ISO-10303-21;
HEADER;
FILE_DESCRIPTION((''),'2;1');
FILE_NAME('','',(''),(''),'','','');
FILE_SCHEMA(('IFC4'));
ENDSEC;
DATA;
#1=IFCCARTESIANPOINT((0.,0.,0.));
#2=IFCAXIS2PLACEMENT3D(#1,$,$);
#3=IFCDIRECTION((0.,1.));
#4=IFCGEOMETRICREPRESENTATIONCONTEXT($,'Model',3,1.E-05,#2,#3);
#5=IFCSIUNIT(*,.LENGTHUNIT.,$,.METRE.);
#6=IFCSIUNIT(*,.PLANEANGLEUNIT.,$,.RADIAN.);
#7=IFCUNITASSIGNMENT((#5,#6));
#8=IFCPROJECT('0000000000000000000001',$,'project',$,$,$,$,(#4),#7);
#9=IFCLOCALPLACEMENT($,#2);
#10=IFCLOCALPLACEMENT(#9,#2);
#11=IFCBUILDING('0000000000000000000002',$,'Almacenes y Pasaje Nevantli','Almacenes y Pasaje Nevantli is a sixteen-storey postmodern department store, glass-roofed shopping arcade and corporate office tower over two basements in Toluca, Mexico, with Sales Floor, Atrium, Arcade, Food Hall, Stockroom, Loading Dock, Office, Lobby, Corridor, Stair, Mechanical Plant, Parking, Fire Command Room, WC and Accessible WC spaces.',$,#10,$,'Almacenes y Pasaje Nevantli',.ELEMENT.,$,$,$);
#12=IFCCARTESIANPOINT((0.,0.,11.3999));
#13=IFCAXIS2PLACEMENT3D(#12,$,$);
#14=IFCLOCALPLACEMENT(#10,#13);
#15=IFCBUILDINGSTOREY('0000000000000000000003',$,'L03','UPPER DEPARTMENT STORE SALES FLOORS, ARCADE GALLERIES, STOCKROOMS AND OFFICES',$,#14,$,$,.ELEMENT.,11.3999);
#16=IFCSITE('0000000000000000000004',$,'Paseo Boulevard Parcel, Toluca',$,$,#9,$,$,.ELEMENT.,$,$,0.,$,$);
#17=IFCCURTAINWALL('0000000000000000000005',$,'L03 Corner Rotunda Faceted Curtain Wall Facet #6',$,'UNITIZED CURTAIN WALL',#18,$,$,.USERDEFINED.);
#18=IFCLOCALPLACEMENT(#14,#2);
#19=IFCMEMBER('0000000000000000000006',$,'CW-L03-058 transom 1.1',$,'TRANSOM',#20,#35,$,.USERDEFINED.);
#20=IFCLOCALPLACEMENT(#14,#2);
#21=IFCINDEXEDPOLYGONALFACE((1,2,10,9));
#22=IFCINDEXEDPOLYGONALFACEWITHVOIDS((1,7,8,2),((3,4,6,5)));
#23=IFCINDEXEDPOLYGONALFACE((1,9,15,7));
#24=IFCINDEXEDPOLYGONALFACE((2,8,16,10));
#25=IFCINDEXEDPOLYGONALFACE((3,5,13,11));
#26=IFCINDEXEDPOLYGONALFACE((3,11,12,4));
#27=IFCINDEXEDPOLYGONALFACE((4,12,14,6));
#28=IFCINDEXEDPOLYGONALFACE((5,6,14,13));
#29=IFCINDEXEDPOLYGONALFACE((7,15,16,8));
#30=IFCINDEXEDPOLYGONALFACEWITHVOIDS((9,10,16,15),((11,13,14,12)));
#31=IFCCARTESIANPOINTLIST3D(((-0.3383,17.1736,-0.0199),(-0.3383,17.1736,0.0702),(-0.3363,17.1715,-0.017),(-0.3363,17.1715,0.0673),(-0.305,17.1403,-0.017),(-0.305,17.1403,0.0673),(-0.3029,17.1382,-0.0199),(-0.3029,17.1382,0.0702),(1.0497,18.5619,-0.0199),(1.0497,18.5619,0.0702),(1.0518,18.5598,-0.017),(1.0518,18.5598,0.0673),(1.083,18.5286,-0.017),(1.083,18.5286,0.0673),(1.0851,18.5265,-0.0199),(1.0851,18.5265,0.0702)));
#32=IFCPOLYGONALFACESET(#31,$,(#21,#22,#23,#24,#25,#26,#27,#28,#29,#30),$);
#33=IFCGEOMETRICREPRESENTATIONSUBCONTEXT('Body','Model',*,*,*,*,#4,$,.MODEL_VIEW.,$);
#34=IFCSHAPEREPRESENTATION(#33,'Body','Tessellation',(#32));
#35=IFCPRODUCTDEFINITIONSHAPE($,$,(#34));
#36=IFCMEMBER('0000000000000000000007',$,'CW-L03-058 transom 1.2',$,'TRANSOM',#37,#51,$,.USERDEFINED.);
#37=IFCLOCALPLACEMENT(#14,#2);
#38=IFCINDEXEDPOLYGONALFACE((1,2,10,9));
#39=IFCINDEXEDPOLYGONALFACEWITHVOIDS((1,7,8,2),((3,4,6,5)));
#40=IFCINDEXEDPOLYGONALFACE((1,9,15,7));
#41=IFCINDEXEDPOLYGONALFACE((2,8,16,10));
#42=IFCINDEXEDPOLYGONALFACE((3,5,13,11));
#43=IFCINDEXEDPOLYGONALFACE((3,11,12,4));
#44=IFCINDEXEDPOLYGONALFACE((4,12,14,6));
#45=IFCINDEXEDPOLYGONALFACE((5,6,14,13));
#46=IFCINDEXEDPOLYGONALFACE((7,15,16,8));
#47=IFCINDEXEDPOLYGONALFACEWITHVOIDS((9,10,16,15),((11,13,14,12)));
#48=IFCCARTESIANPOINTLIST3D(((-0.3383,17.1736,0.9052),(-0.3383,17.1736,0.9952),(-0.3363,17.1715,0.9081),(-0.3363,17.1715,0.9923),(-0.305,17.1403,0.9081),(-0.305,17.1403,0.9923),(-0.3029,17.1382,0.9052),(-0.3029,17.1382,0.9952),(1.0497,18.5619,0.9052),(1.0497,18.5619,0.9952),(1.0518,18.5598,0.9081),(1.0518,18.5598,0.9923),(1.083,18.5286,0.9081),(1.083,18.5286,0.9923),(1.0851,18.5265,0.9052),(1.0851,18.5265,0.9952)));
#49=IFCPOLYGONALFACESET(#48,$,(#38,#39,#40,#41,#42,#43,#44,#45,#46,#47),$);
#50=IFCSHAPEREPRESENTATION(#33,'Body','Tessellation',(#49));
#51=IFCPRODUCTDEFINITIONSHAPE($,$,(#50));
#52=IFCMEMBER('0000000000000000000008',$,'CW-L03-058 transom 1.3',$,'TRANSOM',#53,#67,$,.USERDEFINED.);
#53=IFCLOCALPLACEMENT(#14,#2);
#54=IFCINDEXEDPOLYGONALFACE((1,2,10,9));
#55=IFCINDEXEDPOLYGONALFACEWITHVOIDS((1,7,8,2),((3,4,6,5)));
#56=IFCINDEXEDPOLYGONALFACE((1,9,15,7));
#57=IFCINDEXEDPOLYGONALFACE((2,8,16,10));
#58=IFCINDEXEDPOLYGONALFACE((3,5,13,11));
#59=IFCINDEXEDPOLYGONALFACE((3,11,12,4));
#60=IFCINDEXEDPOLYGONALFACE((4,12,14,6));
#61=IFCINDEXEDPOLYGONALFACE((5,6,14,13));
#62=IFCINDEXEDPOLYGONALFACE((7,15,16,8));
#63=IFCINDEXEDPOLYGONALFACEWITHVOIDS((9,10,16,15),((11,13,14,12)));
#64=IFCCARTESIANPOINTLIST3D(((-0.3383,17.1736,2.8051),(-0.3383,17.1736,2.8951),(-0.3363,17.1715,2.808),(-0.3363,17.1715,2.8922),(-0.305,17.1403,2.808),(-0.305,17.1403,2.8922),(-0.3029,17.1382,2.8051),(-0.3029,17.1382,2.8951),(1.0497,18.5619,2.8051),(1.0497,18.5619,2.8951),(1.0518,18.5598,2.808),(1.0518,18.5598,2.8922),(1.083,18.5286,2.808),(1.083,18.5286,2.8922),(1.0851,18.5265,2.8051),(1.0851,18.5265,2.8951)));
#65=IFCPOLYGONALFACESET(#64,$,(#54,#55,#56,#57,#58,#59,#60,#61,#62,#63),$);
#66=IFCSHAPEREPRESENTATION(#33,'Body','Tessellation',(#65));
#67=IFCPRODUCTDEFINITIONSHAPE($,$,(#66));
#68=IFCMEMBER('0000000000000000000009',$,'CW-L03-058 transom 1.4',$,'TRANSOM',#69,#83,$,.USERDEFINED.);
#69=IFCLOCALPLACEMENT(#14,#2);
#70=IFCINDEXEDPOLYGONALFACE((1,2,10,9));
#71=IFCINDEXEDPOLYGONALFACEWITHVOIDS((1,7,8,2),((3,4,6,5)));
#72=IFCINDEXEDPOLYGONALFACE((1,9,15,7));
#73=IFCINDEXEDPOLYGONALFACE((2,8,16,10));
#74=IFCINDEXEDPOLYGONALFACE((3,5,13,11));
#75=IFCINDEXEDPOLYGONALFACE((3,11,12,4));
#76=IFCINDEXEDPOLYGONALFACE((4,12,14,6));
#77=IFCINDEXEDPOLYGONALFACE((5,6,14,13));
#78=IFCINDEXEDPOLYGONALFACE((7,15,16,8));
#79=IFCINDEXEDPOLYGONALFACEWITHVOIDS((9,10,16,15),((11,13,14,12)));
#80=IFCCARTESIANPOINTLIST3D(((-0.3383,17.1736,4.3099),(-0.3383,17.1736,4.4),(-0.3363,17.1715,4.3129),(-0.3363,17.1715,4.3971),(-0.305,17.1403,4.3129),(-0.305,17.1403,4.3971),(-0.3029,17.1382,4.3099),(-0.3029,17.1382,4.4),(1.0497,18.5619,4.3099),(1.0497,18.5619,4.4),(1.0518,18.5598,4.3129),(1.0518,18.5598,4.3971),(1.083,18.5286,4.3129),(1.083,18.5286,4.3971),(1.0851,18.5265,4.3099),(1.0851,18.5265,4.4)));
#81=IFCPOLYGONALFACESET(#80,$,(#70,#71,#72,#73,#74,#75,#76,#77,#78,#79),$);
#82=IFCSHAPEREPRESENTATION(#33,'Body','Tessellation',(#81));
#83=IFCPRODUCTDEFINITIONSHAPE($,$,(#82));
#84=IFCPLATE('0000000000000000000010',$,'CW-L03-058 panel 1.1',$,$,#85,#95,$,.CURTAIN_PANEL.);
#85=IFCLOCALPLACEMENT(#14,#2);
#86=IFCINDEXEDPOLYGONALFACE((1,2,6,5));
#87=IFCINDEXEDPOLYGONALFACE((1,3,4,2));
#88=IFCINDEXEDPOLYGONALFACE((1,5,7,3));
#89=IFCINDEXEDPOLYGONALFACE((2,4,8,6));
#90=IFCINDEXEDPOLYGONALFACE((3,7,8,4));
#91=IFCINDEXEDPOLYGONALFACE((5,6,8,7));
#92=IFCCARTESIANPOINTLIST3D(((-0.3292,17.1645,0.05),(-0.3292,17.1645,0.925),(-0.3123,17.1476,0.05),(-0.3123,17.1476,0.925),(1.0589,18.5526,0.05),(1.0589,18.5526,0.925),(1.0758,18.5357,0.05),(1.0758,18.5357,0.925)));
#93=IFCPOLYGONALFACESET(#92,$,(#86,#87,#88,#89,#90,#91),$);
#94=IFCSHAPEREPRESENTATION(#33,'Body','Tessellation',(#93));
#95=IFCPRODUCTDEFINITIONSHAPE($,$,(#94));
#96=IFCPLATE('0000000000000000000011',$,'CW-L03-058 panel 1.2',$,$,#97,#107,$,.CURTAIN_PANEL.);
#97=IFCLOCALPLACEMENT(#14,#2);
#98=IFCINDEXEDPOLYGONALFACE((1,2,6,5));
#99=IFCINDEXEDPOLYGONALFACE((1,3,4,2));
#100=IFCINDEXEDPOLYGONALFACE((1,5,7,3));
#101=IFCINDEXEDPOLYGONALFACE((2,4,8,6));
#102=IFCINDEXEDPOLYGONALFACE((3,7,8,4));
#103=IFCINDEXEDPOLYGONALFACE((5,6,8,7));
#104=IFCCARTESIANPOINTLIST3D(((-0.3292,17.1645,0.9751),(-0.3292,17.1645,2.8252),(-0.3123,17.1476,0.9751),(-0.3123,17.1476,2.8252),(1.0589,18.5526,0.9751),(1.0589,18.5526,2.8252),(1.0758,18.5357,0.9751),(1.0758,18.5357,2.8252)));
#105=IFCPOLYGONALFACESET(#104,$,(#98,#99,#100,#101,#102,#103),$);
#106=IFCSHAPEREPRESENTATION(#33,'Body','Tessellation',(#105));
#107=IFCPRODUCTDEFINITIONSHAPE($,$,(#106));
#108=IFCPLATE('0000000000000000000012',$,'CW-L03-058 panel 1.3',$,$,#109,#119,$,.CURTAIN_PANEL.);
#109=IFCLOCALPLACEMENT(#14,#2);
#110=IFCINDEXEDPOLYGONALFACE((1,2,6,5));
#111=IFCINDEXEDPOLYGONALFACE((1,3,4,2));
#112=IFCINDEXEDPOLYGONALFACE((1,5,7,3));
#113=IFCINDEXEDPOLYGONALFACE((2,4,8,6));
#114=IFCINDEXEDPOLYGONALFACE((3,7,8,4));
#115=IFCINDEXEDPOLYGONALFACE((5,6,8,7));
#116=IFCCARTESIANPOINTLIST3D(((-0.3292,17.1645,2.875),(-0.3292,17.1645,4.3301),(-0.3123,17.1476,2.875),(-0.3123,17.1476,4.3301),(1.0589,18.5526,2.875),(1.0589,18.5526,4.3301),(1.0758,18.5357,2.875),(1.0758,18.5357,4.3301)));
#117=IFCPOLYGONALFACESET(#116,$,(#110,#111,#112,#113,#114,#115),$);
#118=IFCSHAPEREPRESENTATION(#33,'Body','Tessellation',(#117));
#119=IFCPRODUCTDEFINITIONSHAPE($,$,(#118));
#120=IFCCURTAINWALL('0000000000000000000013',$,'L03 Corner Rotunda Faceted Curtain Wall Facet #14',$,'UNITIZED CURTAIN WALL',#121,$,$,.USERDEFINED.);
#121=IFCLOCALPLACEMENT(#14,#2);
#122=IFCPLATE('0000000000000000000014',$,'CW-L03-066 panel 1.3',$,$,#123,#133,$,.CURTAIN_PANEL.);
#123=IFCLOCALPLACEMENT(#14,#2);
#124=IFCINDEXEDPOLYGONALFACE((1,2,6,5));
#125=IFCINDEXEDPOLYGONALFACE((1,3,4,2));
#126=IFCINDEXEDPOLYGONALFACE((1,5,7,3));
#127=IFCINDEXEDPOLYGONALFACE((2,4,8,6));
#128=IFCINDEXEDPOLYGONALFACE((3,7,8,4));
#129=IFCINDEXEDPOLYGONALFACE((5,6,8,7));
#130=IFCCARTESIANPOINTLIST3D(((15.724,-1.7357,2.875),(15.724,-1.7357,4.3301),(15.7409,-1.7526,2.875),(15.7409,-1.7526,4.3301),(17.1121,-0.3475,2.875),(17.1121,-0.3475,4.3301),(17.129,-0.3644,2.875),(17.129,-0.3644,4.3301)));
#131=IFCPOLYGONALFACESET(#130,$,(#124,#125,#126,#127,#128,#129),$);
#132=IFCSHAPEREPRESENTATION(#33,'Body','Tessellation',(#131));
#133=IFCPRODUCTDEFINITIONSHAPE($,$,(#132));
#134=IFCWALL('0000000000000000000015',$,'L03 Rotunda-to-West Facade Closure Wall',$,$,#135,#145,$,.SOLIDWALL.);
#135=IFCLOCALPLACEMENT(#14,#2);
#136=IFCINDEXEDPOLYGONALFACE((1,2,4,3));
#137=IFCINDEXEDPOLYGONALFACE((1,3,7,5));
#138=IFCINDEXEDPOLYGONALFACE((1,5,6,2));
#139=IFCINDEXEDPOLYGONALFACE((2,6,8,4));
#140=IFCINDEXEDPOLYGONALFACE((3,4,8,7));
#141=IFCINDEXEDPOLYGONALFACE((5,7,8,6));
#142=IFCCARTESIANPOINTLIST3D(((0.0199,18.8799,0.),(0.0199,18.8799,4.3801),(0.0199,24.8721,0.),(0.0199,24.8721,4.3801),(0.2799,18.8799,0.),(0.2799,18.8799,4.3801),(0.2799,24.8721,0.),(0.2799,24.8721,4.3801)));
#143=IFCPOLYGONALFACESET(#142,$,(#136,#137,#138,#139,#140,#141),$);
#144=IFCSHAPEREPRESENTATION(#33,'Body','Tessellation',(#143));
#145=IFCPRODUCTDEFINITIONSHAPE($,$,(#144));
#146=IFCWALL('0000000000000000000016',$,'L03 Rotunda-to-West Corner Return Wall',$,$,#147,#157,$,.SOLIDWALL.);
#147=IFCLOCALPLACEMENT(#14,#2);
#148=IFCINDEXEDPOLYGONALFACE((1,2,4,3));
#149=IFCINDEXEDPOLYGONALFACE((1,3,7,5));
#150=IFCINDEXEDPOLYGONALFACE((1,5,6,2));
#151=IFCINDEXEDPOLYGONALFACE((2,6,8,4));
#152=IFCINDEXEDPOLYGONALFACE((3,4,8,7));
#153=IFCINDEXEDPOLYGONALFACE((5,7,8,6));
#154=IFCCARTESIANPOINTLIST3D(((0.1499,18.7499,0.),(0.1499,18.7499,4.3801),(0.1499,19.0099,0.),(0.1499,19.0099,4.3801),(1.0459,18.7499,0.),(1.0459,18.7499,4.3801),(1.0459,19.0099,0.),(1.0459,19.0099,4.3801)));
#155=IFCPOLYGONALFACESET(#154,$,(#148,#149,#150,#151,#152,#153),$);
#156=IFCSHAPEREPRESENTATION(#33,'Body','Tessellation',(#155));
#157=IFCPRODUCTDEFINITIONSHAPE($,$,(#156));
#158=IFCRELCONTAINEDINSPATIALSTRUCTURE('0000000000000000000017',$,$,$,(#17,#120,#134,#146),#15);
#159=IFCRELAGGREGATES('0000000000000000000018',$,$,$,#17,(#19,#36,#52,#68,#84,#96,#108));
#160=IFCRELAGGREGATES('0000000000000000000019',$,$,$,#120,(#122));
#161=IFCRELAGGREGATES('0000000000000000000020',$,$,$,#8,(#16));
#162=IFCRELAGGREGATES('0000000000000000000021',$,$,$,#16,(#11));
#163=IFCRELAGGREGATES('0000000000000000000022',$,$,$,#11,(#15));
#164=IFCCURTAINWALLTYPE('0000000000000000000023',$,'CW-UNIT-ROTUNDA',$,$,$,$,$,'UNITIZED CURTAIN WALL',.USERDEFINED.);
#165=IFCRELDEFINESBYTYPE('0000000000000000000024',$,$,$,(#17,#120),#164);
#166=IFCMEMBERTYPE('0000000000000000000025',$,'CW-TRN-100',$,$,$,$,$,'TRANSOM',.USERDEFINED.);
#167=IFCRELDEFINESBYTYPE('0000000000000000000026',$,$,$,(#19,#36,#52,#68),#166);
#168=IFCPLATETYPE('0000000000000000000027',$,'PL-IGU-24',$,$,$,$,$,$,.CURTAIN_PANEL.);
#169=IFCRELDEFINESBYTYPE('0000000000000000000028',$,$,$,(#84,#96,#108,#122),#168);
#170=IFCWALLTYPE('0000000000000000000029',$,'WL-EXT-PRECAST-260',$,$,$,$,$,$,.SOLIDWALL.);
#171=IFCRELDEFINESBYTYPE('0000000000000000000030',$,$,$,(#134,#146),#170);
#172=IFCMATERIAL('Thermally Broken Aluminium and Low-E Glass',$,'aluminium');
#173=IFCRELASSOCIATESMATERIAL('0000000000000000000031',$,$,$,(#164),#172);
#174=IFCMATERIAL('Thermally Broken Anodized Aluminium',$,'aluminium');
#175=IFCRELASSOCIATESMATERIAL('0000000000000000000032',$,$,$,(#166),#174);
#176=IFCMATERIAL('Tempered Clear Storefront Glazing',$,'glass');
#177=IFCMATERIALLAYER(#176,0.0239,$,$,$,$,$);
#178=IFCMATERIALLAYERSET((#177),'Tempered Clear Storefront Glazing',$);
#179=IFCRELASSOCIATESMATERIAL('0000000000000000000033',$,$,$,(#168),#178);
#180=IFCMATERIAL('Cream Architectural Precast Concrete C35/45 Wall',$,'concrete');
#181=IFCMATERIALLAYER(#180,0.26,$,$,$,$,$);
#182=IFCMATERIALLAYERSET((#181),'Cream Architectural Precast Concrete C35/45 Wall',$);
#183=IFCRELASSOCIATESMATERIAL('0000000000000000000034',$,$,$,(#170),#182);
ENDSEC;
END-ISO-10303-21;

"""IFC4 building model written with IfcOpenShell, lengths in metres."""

from ifc_helpers import new_model, si_unit, direction, frame, frame_2d, origin, origin_2d, place, context, subcontext, project, spatial, rectangle, hollow_rectangle, extrude, material, layer, layer_set, material_profile, profile_set, type_object, element, aggregate, save


model = new_model("IFC4")

# Units and contexts
model_context = context("Model", 3, precision=1e-05, world=origin(), true_north=direction((0.0, 1.0)))
body_context = subcontext(model_context, "Body", "Model", "MODEL_VIEW")
ifc_project = project(units=[si_unit("LENGTHUNIT", "METRE"), si_unit("PLANEANGLEUNIT", "RADIAN")], contexts=[model_context])

# Site, building, storey
site_placement = place(None, origin())
site = spatial("IfcSite", under=ifc_project, at=site_placement, Name="Paseo Boulevard Parcel, Toluca", CompositionType="ELEMENT", RefElevation=0.0)
building_placement = place(site_placement, origin())
building = spatial("IfcBuilding", under=site, at=building_placement, Name="Almacenes y Pasaje Nevantli", Description="Almacenes y Pasaje Nevantli is a sixteen-storey postmodern department store, glass-roofed shopping arcade and corporate office tower over two basements in Toluca, Mexico, with Sales Floor, Atrium, Arcade, Food Hall, Stockroom, Loading Dock, Office, Lobby, Corridor, Stair, Mechanical Plant, Parking, Fire Command Room, WC and Accessible WC spaces.", LongName="Almacenes y Pasaje Nevantli", CompositionType="ELEMENT")
storey_placement = place(building_placement, frame((0.0, 0.0, 11.3999)))
storey = spatial("IfcBuildingStorey", under=building, at=storey_placement, Name="L03", Description="UPPER DEPARTMENT STORE SALES FLOORS, ARCADE GALLERIES, STOCKROOMS AND OFFICES", CompositionType="ELEMENT", Elevation=11.3999)

# Curtain wall, members, plates
ifc_material_1 = material(Name="Thermally Broken Aluminium and Low-E Glass", Category="aluminium")
curtain_wall_type = type_object("IfcCurtainWallType", Name="CW-UNIT-ROTUNDA", ElementType="UNITIZED CURTAIN WALL", PredefinedType="USERDEFINED", material=ifc_material_1)
curtain_wall_1_placement = place(storey_placement, origin())
curtain_wall_1 = element("IfcCurtainWall", 1, at=curtain_wall_1_placement, inside=storey, type_object=curtain_wall_type, Name="L03 Corner Rotunda Faceted Curtain Wall Facet #6", ObjectType="UNITIZED CURTAIN WALL", PredefinedType="USERDEFINED")
ifc_material_2 = material(Name="Thermally Broken Anodized Aluminium", Category="aluminium")
ifc_material_profile_1 = material_profile(ifc_material_2, hollow_rectangle(XDim=0.05, YDim=0.0901, WallThickness=0.0029, at=origin_2d()), Name="ALU-TRN-50x90")
ifc_profile_set_1 = profile_set([ifc_material_profile_1], Name="Thermally Broken Anodized Aluminium")
member_type_1 = type_object("IfcMemberType", Name="CW-TRN-100", ElementType="TRANSOM", PredefinedType="USERDEFINED", material=ifc_profile_set_1)
member_1_placement = place(storey_placement, frame((1.0674, 18.5442, 0.0251), z_axis=(-0.707045, -0.707169, 0.0), x_axis=(0.707169, -0.707045, 0.0)))
member_1 = element("IfcMember", 2, at=member_1_placement, type_object=member_type_1, Name="CW-L03-058 transom 1.1", ObjectType="TRANSOM", PredefinedType="USERDEFINED", context=body_context, shape_type="SweptSolid", body=[
    extrude(hollow_rectangle(XDim=0.05, YDim=0.0901, WallThickness=0.0029, at=origin_2d()), origin(), (0.0, 0.0, 1.0), 1.9631),
])
member_2_placement = place(storey_placement, frame((1.0674, 18.5442, 0.9502), z_axis=(-0.707045, -0.707169, 0.0), x_axis=(0.707169, -0.707045, 0.0)))
member_2 = element("IfcMember", 3, at=member_2_placement, type_object=member_type_1, Name="CW-L03-058 transom 1.2", ObjectType="TRANSOM", PredefinedType="USERDEFINED", context=body_context, shape_type="SweptSolid", body=[
    extrude(hollow_rectangle(XDim=0.05, YDim=0.0901, WallThickness=0.0029, at=origin_2d()), origin(), (0.0, 0.0, 1.0), 1.9631),
])
member_3_placement = place(storey_placement, frame((1.0674, 18.5442, 2.8501), z_axis=(-0.707045, -0.707169, 0.0), x_axis=(0.707169, -0.707045, 0.0)))
member_3 = element("IfcMember", 4, at=member_3_placement, type_object=member_type_1, Name="CW-L03-058 transom 1.3", ObjectType="TRANSOM", PredefinedType="USERDEFINED", context=body_context, shape_type="SweptSolid", body=[
    extrude(hollow_rectangle(XDim=0.05, YDim=0.0901, WallThickness=0.0029, at=origin_2d()), origin(), (0.0, 0.0, 1.0), 1.9631),
])
member_4_placement = place(storey_placement, frame((1.0674, 18.5442, 4.355), z_axis=(-0.707045, -0.707169, 0.0), x_axis=(0.707169, -0.707045, 0.0)))
member_4 = element("IfcMember", 5, at=member_4_placement, type_object=member_type_1, Name="CW-L03-058 transom 1.4", ObjectType="TRANSOM", PredefinedType="USERDEFINED", context=body_context, shape_type="SweptSolid", body=[
    extrude(hollow_rectangle(XDim=0.05, YDim=0.0901, WallThickness=0.0029, at=origin_2d()), origin(), (0.0, 0.0, 1.0), 1.9631),
])
ifc_material_3 = material(Name="Tempered Clear Storefront Glazing", Category="glass")
ifc_layer_1 = layer(ifc_material_3, 0.0239)
ifc_layer_set_1 = layer_set([ifc_layer_1], Name="Tempered Clear Storefront Glazing")
plate_type = type_object("IfcPlateType", Name="PL-IGU-24", PredefinedType="CURTAIN_PANEL", material=ifc_layer_set_1)
plate_1_placement = place(storey_placement, frame((0.3733, 17.8501, 0.05), z_axis=(0.0, 0.0, 1.0), x_axis=(-0.707107, -0.707107, 0.0)))
plate_1 = element("IfcPlate", 6, at=plate_1_placement, type_object=plate_type, Name="CW-L03-058 panel 1.1", PredefinedType="CURTAIN_PANEL", context=body_context, shape_type="SweptSolid", body=[
    extrude(rectangle(XDim=1.9631, YDim=0.0239, at=origin_2d()), origin(), (0.0, 0.0, 1.0), 0.875),
])
plate_2_placement = place(storey_placement, frame((0.3733, 17.8501, 0.9751), z_axis=(0.0, 0.0, 1.0), x_axis=(-0.707107, -0.707107, 0.0)))
plate_2 = element("IfcPlate", 7, at=plate_2_placement, type_object=plate_type, Name="CW-L03-058 panel 1.2", PredefinedType="CURTAIN_PANEL", context=body_context, shape_type="SweptSolid", body=[
    extrude(rectangle(XDim=1.9631, YDim=0.0239, at=origin_2d()), origin(), (0.0, 0.0, 1.0), 1.8501),
])
plate_3_placement = place(storey_placement, frame((0.3733, 17.8501, 2.875), z_axis=(0.0, 0.0, 1.0), x_axis=(-0.707107, -0.707107, 0.0)))
plate_3 = element("IfcPlate", 8, at=plate_3_placement, type_object=plate_type, Name="CW-L03-058 panel 1.3", PredefinedType="CURTAIN_PANEL", context=body_context, shape_type="SweptSolid", body=[
    extrude(rectangle(XDim=1.9631, YDim=0.0239, at=origin_2d()), origin(), (0.0, 0.0, 1.0), 1.4551),
])
aggregate(curtain_wall_1, [member_1, member_2, member_3, member_4, plate_1, plate_2, plate_3])

# Curtain wall, plate
curtain_wall_2_placement = place(storey_placement, origin())
curtain_wall_2 = element("IfcCurtainWall", 9, at=curtain_wall_2_placement, inside=storey, type_object=curtain_wall_type, Name="L03 Corner Rotunda Faceted Curtain Wall Facet #14", ObjectType="UNITIZED CURTAIN WALL", PredefinedType="USERDEFINED")
plate_4_placement = place(storey_placement, frame((16.4265, -1.05, 2.875), z_axis=(0.0, 0.0, 1.0), x_axis=(0.707107, 0.707107, 0.0)))
plate_4 = element("IfcPlate", 10, at=plate_4_placement, type_object=plate_type, Name="CW-L03-066 panel 1.3", PredefinedType="CURTAIN_PANEL", context=body_context, shape_type="SweptSolid", body=[
    extrude(rectangle(XDim=1.9631, YDim=0.0239, at=origin_2d()), origin(), (0.0, 0.0, 1.0), 1.4551),
])
aggregate(curtain_wall_2, [plate_4])

# Walls
ifc_material_4 = material(Name="Cream Architectural Precast Concrete C35/45 Wall", Category="concrete")
ifc_layer_2 = layer(ifc_material_4, 0.26)
ifc_layer_set_2 = layer_set([ifc_layer_2], Name="Cream Architectural Precast Concrete C35/45 Wall")
wall_type = type_object("IfcWallType", Name="WL-EXT-PRECAST-260", PredefinedType="SOLIDWALL", material=ifc_layer_set_2)
wall_1_placement = place(storey_placement, frame((0.1499, 18.8799, 0.0), z_axis=(0.0, 0.0, 1.0), x_axis=(0.0, 1.0, 0.0)))
element("IfcWall", 11, at=wall_1_placement, inside=storey, type_object=wall_type, Name="L03 Rotunda-to-West Facade Closure Wall", PredefinedType="SOLIDWALL", context=body_context, shape_type="SweptSolid", body=[
    extrude(rectangle(XDim=5.9922, YDim=0.26, at=frame_2d((2.9961, 0.0))), origin(), (0.0, 0.0, 1.0), 4.3801),
])
wall_2_placement = place(storey_placement, frame((0.1499, 18.8799, 0.0), z_axis=(0.0, 0.0, 1.0), x_axis=(1.0, 0.0, 0.0)))
element("IfcWall", 12, at=wall_2_placement, inside=storey, type_object=wall_type, Name="L03 Rotunda-to-West Corner Return Wall", PredefinedType="SOLIDWALL", context=body_context, shape_type="SweptSolid", body=[
    extrude(rectangle(XDim=0.896, YDim=0.26, at=frame_2d((0.448, 0.0))), origin(), (0.0, 0.0, 1.0), 4.3801),
])

save(model, "model.ifc")
